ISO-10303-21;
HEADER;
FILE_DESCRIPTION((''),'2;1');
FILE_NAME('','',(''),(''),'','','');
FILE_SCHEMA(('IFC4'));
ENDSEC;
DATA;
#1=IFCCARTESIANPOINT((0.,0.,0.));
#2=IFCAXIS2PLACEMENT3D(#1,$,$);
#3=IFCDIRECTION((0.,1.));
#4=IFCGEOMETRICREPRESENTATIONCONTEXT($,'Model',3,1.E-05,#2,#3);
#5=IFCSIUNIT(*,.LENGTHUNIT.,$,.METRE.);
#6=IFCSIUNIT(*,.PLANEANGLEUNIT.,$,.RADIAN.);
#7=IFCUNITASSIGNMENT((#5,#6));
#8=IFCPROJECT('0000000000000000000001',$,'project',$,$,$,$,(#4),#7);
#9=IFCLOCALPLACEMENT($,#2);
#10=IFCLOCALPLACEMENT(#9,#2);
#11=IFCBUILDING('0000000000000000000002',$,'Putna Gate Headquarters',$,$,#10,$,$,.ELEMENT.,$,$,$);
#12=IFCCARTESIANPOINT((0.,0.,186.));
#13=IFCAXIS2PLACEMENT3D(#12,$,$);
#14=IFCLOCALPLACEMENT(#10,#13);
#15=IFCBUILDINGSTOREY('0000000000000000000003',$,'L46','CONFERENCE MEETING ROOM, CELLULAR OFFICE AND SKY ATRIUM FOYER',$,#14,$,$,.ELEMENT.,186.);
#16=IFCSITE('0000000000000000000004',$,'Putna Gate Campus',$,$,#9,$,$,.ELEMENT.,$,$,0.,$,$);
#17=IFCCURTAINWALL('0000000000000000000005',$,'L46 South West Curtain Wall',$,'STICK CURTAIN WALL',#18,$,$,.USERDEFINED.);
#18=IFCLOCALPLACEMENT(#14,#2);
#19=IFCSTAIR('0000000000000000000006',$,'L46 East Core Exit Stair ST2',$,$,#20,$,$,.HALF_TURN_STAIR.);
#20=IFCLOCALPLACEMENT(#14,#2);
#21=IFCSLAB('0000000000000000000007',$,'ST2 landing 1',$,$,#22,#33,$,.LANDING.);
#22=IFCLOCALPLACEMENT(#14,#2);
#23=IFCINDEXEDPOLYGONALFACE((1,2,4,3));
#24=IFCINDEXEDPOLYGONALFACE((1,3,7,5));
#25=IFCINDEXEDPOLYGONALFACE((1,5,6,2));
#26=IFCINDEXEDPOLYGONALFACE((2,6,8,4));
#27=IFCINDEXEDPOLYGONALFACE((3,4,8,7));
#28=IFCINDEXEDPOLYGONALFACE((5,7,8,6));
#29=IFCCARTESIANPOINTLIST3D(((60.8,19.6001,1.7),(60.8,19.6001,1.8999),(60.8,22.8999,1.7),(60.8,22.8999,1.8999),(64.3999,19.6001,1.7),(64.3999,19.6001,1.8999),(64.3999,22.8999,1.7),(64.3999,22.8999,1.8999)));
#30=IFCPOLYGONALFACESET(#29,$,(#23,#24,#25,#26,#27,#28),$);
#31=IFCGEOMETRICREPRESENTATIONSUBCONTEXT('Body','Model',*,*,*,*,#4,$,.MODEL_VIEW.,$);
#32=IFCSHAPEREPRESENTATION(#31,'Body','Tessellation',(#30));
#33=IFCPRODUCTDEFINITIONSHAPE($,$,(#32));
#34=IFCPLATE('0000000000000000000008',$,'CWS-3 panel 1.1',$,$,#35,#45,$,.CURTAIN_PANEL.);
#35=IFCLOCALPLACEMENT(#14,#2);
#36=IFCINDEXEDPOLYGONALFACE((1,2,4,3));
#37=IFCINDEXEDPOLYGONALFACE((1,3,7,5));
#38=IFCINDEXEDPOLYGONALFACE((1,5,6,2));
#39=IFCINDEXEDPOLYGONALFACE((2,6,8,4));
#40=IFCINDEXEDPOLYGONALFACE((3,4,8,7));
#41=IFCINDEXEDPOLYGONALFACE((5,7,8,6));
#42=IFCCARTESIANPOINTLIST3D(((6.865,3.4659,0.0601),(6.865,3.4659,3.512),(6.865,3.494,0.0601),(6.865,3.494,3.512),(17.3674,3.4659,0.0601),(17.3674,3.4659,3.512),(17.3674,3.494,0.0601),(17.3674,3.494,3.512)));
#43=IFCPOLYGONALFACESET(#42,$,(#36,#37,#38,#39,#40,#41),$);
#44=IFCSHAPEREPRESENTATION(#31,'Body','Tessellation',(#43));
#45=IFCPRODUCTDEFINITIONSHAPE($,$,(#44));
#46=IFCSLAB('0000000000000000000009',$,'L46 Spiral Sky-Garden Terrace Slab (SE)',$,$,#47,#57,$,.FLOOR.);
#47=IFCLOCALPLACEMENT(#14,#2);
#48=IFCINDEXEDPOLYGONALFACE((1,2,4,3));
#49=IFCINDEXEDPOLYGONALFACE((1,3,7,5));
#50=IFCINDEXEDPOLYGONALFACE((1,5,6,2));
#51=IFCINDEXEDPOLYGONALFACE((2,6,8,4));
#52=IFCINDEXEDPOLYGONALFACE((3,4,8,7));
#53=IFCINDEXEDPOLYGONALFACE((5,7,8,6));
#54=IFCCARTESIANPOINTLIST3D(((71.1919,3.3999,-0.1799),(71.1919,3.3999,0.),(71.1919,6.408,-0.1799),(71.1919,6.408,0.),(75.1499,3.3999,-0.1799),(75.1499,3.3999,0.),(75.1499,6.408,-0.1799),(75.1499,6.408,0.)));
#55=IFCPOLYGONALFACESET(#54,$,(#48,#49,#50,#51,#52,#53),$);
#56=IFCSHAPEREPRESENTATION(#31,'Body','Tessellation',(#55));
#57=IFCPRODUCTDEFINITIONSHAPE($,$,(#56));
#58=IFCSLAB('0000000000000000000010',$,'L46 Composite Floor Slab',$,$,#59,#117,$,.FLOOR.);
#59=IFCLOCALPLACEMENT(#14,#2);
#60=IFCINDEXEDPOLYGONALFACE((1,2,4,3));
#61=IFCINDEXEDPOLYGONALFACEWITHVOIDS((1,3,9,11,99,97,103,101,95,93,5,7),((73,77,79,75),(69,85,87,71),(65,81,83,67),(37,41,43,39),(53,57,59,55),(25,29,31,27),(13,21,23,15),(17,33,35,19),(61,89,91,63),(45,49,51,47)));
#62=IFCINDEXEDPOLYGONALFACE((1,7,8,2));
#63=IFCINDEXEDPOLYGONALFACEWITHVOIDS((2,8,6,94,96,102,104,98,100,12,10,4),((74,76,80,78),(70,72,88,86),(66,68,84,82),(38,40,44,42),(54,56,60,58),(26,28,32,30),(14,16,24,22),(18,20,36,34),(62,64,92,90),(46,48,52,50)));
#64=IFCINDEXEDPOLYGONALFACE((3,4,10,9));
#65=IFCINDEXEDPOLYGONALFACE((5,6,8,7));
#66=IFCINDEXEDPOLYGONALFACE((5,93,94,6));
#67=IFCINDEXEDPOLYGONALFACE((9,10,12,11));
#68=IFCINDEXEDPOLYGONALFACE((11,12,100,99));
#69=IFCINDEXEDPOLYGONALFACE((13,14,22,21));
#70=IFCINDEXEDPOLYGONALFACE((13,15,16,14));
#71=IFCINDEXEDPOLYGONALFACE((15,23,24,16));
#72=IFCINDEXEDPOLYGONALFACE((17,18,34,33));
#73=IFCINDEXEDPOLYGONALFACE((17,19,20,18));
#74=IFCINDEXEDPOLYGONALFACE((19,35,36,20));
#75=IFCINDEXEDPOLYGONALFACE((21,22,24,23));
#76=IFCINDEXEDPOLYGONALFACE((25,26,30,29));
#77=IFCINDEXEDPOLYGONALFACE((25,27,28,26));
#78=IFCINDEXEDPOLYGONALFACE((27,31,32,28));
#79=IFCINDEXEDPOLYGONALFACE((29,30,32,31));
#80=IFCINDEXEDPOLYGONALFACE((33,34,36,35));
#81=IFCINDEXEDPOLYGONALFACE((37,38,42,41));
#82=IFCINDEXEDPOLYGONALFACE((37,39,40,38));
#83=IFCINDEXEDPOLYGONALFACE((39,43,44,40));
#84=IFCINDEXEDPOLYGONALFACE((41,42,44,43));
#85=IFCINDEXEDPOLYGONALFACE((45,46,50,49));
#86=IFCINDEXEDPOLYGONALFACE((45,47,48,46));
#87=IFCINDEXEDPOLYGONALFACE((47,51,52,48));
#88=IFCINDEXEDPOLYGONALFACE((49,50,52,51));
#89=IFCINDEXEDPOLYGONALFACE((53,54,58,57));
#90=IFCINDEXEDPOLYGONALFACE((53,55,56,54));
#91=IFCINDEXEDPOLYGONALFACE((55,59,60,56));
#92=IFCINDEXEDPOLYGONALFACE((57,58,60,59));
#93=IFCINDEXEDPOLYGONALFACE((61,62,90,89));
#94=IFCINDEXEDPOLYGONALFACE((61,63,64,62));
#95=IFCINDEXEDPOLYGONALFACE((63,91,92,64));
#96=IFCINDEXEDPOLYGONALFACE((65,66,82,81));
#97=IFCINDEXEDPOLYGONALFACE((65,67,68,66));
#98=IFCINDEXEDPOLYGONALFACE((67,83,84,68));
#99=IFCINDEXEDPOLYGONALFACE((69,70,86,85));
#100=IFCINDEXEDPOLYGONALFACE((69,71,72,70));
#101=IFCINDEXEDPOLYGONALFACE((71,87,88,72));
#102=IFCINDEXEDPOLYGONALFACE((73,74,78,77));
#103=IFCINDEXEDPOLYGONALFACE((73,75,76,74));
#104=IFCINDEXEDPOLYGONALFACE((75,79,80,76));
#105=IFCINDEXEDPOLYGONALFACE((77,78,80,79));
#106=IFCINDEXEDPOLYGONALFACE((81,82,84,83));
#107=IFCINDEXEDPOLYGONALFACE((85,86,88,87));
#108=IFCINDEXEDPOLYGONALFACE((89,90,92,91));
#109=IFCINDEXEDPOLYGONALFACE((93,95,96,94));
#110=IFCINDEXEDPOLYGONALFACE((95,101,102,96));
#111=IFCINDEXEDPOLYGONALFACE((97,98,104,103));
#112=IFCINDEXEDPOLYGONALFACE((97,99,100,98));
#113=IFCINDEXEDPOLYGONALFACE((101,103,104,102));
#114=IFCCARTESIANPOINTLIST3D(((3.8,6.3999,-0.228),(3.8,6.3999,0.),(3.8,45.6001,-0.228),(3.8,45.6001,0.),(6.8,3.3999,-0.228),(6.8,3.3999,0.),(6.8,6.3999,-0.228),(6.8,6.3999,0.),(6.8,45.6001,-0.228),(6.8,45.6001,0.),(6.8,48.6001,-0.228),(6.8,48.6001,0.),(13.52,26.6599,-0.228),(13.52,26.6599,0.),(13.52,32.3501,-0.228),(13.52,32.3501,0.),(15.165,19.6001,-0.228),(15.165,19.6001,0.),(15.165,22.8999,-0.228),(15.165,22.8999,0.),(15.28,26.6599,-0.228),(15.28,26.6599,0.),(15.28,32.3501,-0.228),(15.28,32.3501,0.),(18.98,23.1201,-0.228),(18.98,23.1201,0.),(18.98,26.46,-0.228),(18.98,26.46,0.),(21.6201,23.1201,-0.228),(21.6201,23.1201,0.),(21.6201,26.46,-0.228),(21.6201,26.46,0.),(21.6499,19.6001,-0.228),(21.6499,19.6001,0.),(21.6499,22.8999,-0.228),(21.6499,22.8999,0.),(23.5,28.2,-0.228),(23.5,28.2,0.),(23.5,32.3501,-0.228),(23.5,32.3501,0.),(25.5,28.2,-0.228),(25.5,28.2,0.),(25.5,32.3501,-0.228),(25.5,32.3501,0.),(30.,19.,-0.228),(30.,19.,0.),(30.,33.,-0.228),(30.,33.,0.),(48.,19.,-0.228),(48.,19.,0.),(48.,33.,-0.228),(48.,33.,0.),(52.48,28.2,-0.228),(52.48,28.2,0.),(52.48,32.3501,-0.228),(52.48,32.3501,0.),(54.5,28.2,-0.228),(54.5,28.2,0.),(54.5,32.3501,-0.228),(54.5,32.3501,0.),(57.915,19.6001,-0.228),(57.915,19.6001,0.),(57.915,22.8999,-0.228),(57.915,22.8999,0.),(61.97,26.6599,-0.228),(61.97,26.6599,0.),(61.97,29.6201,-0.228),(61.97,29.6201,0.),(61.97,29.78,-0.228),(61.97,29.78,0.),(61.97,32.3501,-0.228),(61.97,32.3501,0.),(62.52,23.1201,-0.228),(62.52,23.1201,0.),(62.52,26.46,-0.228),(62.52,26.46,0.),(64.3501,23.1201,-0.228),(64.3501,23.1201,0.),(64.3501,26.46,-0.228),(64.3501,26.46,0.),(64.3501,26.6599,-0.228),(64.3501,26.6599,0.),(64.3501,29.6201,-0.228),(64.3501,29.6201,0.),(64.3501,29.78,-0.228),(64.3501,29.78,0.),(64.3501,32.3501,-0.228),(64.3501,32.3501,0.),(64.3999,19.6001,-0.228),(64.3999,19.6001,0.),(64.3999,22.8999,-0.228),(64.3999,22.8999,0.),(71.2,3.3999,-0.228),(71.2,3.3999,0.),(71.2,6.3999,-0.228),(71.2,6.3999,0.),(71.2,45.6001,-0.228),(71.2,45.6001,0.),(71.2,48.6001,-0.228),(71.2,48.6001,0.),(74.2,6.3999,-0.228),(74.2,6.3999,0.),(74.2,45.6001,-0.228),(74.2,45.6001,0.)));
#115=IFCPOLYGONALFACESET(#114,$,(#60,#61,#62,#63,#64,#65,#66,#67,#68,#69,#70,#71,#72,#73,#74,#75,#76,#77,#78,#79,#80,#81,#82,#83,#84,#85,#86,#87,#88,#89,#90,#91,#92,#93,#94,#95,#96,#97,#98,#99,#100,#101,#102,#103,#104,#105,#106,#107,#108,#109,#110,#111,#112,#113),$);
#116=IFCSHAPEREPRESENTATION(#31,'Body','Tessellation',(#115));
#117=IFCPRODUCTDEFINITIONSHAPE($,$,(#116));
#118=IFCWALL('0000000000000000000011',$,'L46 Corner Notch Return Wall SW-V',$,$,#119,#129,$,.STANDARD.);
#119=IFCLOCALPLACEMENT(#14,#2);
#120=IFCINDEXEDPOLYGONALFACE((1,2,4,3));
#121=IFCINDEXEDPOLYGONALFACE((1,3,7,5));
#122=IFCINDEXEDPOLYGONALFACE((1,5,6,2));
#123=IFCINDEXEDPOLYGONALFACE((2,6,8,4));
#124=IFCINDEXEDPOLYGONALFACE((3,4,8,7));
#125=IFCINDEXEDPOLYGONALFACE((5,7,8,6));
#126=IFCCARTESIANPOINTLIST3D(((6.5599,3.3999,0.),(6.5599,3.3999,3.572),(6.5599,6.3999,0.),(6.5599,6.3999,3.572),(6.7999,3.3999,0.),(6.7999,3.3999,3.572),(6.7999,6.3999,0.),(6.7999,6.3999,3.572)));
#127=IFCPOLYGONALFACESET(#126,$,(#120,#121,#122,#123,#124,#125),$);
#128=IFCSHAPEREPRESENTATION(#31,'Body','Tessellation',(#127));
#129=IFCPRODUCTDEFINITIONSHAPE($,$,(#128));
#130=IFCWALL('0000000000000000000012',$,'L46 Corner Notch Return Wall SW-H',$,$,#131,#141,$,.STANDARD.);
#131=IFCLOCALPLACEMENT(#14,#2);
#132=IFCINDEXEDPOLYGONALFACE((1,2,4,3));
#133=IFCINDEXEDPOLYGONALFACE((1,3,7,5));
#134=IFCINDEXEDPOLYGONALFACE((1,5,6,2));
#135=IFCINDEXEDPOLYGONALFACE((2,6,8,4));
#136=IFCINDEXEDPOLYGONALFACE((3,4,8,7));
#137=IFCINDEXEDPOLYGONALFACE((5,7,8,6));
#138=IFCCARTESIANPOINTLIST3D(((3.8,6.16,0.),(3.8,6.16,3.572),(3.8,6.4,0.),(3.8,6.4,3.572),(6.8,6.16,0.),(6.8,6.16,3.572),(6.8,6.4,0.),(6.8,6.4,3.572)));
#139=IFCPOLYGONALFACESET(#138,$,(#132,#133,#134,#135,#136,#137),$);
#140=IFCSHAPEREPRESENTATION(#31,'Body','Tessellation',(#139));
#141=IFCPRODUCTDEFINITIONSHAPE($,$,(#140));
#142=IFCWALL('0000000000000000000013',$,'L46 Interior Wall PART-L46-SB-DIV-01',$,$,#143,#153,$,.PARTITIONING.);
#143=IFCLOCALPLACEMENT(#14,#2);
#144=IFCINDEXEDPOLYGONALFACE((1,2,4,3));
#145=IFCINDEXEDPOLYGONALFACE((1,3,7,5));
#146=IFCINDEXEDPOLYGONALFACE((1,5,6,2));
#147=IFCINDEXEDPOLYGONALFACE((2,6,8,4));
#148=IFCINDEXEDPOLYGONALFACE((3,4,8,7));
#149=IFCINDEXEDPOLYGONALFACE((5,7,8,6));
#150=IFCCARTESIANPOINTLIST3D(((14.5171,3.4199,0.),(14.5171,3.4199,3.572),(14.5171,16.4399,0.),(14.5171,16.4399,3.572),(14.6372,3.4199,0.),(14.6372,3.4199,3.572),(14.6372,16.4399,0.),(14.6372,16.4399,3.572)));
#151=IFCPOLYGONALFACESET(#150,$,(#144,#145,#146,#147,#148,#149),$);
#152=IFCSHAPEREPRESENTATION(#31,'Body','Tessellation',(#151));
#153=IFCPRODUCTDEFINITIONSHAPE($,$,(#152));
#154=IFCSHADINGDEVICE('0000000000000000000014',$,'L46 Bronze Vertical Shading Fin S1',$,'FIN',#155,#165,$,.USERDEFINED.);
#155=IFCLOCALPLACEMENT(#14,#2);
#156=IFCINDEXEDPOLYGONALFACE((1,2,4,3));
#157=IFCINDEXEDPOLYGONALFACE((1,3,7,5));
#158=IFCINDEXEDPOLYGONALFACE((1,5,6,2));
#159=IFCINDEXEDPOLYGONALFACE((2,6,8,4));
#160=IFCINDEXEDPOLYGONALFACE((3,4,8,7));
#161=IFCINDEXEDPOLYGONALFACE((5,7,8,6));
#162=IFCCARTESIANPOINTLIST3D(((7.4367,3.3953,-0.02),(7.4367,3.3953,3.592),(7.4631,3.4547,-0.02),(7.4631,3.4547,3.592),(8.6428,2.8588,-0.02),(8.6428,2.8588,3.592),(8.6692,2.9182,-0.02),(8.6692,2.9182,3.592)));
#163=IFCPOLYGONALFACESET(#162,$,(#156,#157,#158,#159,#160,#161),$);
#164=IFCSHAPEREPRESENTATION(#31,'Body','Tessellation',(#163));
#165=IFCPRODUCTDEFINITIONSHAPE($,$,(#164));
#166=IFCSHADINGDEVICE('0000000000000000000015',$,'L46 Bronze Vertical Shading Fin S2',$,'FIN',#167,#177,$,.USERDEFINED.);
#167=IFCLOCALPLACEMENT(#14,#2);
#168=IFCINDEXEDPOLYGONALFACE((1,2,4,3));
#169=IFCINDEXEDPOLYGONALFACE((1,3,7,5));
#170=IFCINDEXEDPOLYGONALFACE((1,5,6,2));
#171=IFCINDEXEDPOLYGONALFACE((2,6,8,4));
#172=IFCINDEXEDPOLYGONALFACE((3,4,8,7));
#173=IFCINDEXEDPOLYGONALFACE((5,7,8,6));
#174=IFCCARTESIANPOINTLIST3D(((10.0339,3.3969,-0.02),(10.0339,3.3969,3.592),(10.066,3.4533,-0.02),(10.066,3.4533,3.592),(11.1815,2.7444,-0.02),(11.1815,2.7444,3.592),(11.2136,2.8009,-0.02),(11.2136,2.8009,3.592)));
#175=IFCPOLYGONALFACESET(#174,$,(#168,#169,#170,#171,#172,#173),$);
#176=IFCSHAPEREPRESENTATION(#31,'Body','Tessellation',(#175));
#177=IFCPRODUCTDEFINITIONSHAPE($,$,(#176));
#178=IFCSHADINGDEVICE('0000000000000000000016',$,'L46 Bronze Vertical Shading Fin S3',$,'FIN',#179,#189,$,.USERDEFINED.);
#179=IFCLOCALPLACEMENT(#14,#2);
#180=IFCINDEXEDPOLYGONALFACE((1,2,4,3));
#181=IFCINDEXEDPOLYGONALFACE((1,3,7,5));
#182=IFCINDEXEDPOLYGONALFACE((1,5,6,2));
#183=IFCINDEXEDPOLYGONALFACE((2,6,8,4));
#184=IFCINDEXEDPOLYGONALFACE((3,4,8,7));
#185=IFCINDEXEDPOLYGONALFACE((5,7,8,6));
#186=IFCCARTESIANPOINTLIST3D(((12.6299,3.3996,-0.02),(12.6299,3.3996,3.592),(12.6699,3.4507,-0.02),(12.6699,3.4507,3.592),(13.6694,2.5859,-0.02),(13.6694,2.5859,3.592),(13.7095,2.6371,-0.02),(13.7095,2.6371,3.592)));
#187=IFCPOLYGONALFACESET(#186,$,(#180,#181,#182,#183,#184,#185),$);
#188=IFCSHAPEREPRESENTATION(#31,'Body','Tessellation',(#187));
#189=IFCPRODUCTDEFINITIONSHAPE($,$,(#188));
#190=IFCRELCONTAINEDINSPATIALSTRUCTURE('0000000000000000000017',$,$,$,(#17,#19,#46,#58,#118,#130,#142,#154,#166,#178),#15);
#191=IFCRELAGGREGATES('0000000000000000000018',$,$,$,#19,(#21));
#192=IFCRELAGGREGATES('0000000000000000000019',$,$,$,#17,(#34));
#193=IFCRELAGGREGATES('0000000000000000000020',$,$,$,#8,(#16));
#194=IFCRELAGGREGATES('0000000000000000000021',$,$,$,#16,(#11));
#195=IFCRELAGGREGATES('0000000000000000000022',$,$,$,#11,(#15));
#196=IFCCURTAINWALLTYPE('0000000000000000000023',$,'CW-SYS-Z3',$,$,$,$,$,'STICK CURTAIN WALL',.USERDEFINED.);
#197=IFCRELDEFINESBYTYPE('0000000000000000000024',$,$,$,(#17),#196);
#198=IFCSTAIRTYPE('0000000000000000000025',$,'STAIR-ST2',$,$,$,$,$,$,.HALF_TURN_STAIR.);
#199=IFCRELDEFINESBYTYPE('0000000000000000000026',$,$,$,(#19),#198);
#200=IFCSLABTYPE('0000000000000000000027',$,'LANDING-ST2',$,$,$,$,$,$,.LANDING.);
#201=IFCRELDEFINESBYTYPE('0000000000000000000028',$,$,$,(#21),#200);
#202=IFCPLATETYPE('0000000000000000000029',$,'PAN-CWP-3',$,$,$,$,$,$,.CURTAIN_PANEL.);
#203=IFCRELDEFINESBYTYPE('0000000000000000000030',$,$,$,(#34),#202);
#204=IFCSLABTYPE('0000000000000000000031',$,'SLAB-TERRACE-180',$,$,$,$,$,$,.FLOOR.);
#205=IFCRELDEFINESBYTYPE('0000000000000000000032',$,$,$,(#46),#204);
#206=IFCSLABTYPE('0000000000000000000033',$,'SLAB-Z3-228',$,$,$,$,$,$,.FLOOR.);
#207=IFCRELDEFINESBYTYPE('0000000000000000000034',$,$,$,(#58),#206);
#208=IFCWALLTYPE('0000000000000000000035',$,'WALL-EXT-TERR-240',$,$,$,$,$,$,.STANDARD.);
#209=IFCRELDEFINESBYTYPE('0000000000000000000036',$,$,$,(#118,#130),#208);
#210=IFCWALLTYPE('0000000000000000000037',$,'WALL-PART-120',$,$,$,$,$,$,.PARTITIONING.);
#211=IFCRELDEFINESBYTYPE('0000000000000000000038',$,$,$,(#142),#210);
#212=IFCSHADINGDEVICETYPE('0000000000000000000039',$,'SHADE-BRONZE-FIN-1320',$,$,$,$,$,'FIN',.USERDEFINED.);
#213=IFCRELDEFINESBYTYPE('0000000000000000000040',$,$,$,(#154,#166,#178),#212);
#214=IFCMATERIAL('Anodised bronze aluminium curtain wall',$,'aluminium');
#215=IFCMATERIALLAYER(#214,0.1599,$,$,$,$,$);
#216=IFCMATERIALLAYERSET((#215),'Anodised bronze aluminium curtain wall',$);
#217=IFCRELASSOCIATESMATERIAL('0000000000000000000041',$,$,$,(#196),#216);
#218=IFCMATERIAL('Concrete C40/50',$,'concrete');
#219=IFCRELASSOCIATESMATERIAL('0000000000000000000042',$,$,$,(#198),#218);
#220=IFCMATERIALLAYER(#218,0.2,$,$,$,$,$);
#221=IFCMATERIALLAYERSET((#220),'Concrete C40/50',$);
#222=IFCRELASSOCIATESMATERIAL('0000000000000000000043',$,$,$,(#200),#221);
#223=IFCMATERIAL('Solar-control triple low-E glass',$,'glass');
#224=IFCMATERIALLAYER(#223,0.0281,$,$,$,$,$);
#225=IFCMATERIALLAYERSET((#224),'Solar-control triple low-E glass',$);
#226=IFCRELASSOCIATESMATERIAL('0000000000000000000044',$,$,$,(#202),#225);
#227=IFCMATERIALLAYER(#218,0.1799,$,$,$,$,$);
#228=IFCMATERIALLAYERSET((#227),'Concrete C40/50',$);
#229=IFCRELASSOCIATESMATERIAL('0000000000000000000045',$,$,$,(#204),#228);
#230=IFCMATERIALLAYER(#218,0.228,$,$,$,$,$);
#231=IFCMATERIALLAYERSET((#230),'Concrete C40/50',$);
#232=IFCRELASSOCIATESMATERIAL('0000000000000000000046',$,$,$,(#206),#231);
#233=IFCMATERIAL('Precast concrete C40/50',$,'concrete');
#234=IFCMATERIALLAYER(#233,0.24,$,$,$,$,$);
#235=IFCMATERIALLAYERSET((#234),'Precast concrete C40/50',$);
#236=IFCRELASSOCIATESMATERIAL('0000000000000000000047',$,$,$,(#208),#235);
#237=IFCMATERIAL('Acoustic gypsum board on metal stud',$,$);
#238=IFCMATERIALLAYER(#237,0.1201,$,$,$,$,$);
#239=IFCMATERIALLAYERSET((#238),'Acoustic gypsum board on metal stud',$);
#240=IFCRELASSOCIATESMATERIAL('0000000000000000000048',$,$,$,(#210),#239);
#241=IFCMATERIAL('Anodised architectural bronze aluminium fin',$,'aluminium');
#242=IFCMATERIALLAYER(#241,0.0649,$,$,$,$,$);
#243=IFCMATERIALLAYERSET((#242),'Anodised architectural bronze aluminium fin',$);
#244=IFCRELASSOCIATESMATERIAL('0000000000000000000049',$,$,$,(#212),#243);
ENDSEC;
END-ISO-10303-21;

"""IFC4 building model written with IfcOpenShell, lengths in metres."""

from ifc_helpers import new_model, si_unit, direction, frame, frame_2d, origin, origin_2d, place, context, subcontext, project, spatial, polyline, rectangle, outline, extrude, material, layer, layer_set, type_object, element, aggregate, save


model = new_model("IFC4")

# Units and contexts
model_context = context("Model", 3, precision=1e-05, world=origin(), true_north=direction((0.0, 1.0)))
body_context = subcontext(model_context, "Body", "Model", "MODEL_VIEW")
ifc_project = project(units=[si_unit("LENGTHUNIT", "METRE"), si_unit("PLANEANGLEUNIT", "RADIAN")], contexts=[model_context])

# Site, building, storey
site_placement = place(None, origin())
site = spatial("IfcSite", under=ifc_project, at=site_placement, Name="Putna Gate Campus", CompositionType="ELEMENT", RefElevation=0.0)
building_placement = place(site_placement, origin())
building = spatial("IfcBuilding", under=site, at=building_placement, Name="Putna Gate Headquarters", CompositionType="ELEMENT")
storey_placement = place(building_placement, frame((0.0, 0.0, 186.0)))
storey = spatial("IfcBuildingStorey", under=building, at=storey_placement, Name="L46", Description="CONFERENCE MEETING ROOM, CELLULAR OFFICE AND SKY ATRIUM FOYER", CompositionType="ELEMENT", Elevation=186.0)

# Curtain wall
ifc_material_1 = material(Name="Anodised bronze aluminium curtain wall", Category="aluminium")
ifc_layer_1 = layer(ifc_material_1, 0.1599)
ifc_layer_set_1 = layer_set([ifc_layer_1], Name="Anodised bronze aluminium curtain wall")
curtain_wall_type = type_object("IfcCurtainWallType", Name="CW-SYS-Z3", ElementType="STICK CURTAIN WALL", PredefinedType="USERDEFINED", material=ifc_layer_set_1)
curtain_wall_1_placement = place(storey_placement, origin())
curtain_wall_1 = element("IfcCurtainWall", 1, at=curtain_wall_1_placement, inside=storey, type_object=curtain_wall_type, Name="L46 South West Curtain Wall", ObjectType="STICK CURTAIN WALL", PredefinedType="USERDEFINED")

# Stair, slab
ifc_material_2 = material(Name="Concrete C40/50", Category="concrete")
stair_type_1 = type_object("IfcStairType", Name="STAIR-ST2", PredefinedType="HALF_TURN_STAIR", material=ifc_material_2)
stair_1_placement = place(storey_placement, origin())
stair_1 = element("IfcStair", 2, at=stair_1_placement, inside=storey, type_object=stair_type_1, Name="L46 East Core Exit Stair ST2", PredefinedType="HALF_TURN_STAIR")
ifc_layer_2 = layer(ifc_material_2, 0.2)
ifc_layer_set_2 = layer_set([ifc_layer_2], Name="Concrete C40/50")
slab_type_1 = type_object("IfcSlabType", Name="LANDING-ST2", PredefinedType="LANDING", material=ifc_layer_set_2)
slab_1_placement = place(storey_placement, frame((0.0, 0.0, 1.7)))
slab_1 = element("IfcSlab", 3, at=slab_1_placement, type_object=slab_type_1, Name="ST2 landing 1", PredefinedType="LANDING", context=body_context, shape_type="SweptSolid", body=[
    extrude(outline(polyline([(60.8, 19.6001), (64.3999, 19.6001), (64.3999, 22.8999), (60.8, 22.8999), (60.8, 19.6001)])), origin(), (0.0, 0.0, 1.0), 0.2),
])
aggregate(stair_1, [slab_1])

# Plate
ifc_material_3 = material(Name="Solar-control triple low-E glass", Category="glass")
ifc_layer_3 = layer(ifc_material_3, 0.0281)
ifc_layer_set_3 = layer_set([ifc_layer_3], Name="Solar-control triple low-E glass")
plate_type = type_object("IfcPlateType", Name="PAN-CWP-3", PredefinedType="CURTAIN_PANEL", material=ifc_layer_set_3)
plate_placement = place(storey_placement, frame((12.1162, 3.48, 0.0601), z_axis=(0.0, 0.0, 1.0), x_axis=(1.0, 0.0, 0.0)))
plate = element("IfcPlate", 4, at=plate_placement, type_object=plate_type, Name="CWS-3 panel 1.1", PredefinedType="CURTAIN_PANEL", context=body_context, shape_type="SweptSolid", body=[
    extrude(rectangle(XDim=10.5024, YDim=0.0281, at=origin_2d()), origin(), (0.0, 0.0, 1.0), 3.4519),
])
aggregate(curtain_wall_1, [plate])

# Slabs
ifc_layer_4 = layer(ifc_material_2, 0.1799)
ifc_layer_set_4 = layer_set([ifc_layer_4], Name="Concrete C40/50")
slab_type_2 = type_object("IfcSlabType", Name="SLAB-TERRACE-180", PredefinedType="FLOOR", material=ifc_layer_set_4)
slab_2_placement = place(storey_placement, frame((0.0, 0.0, -0.1799)))
element("IfcSlab", 5, at=slab_2_placement, inside=storey, type_object=slab_type_2, Name="L46 Spiral Sky-Garden Terrace Slab (SE)", PredefinedType="FLOOR", context=body_context, shape_type="SweptSolid", body=[
    extrude(outline(polyline([(71.1919, 3.3999), (75.1499, 3.3999), (75.1499, 6.408), (71.1919, 6.408), (71.1919, 3.3999)])), origin(), (0.0, 0.0, 1.0), 0.1799),
])
ifc_layer_5 = layer(ifc_material_2, 0.228)
ifc_layer_set_5 = layer_set([ifc_layer_5], Name="Concrete C40/50")
slab_type_3 = type_object("IfcSlabType", Name="SLAB-Z3-228", PredefinedType="FLOOR", material=ifc_layer_set_5)
slab_3_placement = place(storey_placement, frame((0.0, 0.0, -0.228)))
element("IfcSlab", 6, at=slab_3_placement, inside=storey, type_object=slab_type_3, Name="L46 Composite Floor Slab", PredefinedType="FLOOR", context=body_context, shape_type="SweptSolid", body=[
    extrude(outline(polyline([(6.8, 3.3999), (71.2, 3.3999), (71.2, 6.3999), (74.2, 6.3999), (74.2, 45.6001), (71.2, 45.6001), (71.2, 48.6001), (6.8, 48.6001), (6.8, 45.6001), (3.8, 45.6001), (3.8, 6.3999), (6.8, 6.3999), (6.8, 3.3999)]), holes=[polyline([(15.165, 19.6001), (21.6499, 19.6001), (21.6499, 22.8999), (15.165, 22.8999), (15.165, 19.6001)]), polyline([(57.915, 19.6001), (64.3999, 19.6001), (64.3999, 22.8999), (57.915, 22.8999), (57.915, 19.6001)]), polyline([(13.52, 26.6599), (15.28, 26.6599), (15.28, 32.3501), (13.52, 32.3501), (13.52, 26.6599)]), polyline([(61.97, 29.78), (64.3501, 29.78), (64.3501, 32.3501), (61.97, 32.3501), (61.97, 29.78)]), polyline([(18.98, 23.1201), (21.6201, 23.1201), (21.6201, 26.46), (18.98, 26.46), (18.98, 23.1201)]), polyline([(62.52, 23.1201), (64.3501, 23.1201), (64.3501, 26.46), (62.52, 26.46), (62.52, 23.1201)]), polyline([(61.97, 26.6599), (64.3501, 26.6599), (64.3501, 29.6201), (61.97, 29.6201), (61.97, 26.6599)]), polyline([(23.5, 28.2), (25.5, 28.2), (25.5, 32.3501), (23.5, 32.3501), (23.5, 28.2)]), polyline([(52.48, 28.2), (54.5, 28.2), (54.5, 32.3501), (52.48, 32.3501), (52.48, 28.2)]), polyline([(30.0, 19.0), (48.0, 19.0), (48.0, 33.0), (30.0, 33.0), (30.0, 19.0)])]), origin(), (0.0, 0.0, 1.0), 0.228),
])

# Walls
ifc_material_4 = material(Name="Precast concrete C40/50", Category="concrete")
ifc_layer_6 = layer(ifc_material_4, 0.24)
ifc_layer_set_6 = layer_set([ifc_layer_6], Name="Precast concrete C40/50")
wall_type_1 = type_object("IfcWallType", Name="WALL-EXT-TERR-240", PredefinedType="STANDARD", material=ifc_layer_set_6)
for number, where, z_axis, x_axis, name in (
    (7, (6.6799, 3.3999, 0.0), (0.0, 0.0, 1.0), (0.0, 1.0, 0.0), "L46 Corner Notch Return Wall SW-V"),
    (8, (6.8, 6.28, 0.0), (0.0, 0.0, 1.0), (-1.0, 0.0, 0.0), "L46 Corner Notch Return Wall SW-H"),
):
    element("IfcWall", number, at=place(storey_placement, frame(where, z_axis=z_axis, x_axis=x_axis)), inside=storey, type_object=wall_type_1, Name=name, PredefinedType="STANDARD", context=body_context, shape_type="SweptSolid", body=[
        extrude(rectangle(XDim=3.0, YDim=0.24, at=frame_2d((1.5, 0.0))), origin(), (0.0, 0.0, 1.0), 3.572),
    ])
ifc_material_5 = material(Name="Acoustic gypsum board on metal stud")
ifc_layer_7 = layer(ifc_material_5, 0.1201)
ifc_layer_set_7 = layer_set([ifc_layer_7], Name="Acoustic gypsum board on metal stud")
wall_type_2 = type_object("IfcWallType", Name="WALL-PART-120", PredefinedType="PARTITIONING", material=ifc_layer_set_7)
wall_placement = place(storey_placement, frame((14.5771, 3.4199, 0.0), z_axis=(0.0, 0.0, 1.0), x_axis=(0.0, 1.0, 0.0)))
element("IfcWall", 9, at=wall_placement, inside=storey, type_object=wall_type_2, Name="L46 Interior Wall PART-L46-SB-DIV-01", PredefinedType="PARTITIONING", context=body_context, shape_type="SweptSolid", body=[
    extrude(rectangle(XDim=13.02, YDim=0.1201, at=frame_2d((6.51, 0.0))), origin(), (0.0, 0.0, 1.0), 3.572),
])

# Shading devices
ifc_material_6 = material(Name="Anodised architectural bronze aluminium fin", Category="aluminium")
ifc_layer_8 = layer(ifc_material_6, 0.0649)
ifc_layer_set_8 = layer_set([ifc_layer_8], Name="Anodised architectural bronze aluminium fin")
shading_device_type = type_object("IfcShadingDeviceType", Name="SHADE-BRONZE-FIN-1320", ElementType="FIN", PredefinedType="USERDEFINED", material=ifc_layer_set_8)
for number, where, z_axis, x_axis, name in (
    (10, (8.053, 3.1567, -0.02), (0.0, 0.0, 1.0), (0.913687, -0.406418, 0.0), "L46 Bronze Vertical Shading Fin S1"),
    (11, (10.6238, 3.0989, -0.02), (0.0, 0.0, 1.0), (0.869322, -0.494245, 0.0), "L46 Bronze Vertical Shading Fin S2"),
    (12, (13.1697, 3.0183, -0.02), (0.0, 0.0, 1.0), (0.787473, -0.616349, 0.0), "L46 Bronze Vertical Shading Fin S3"),
):
    element("IfcShadingDevice", number, at=place(storey_placement, frame(where, z_axis=z_axis, x_axis=x_axis)), inside=storey, type_object=shading_device_type, Name=name, ObjectType="FIN", PredefinedType="USERDEFINED", context=body_context, shape_type="SweptSolid", body=[
        extrude(rectangle(XDim=1.3201, YDim=0.0649, at=origin_2d()), origin(), (0.0, 0.0, 1.0), 3.6121),
    ])

save(model, "model.ifc")
